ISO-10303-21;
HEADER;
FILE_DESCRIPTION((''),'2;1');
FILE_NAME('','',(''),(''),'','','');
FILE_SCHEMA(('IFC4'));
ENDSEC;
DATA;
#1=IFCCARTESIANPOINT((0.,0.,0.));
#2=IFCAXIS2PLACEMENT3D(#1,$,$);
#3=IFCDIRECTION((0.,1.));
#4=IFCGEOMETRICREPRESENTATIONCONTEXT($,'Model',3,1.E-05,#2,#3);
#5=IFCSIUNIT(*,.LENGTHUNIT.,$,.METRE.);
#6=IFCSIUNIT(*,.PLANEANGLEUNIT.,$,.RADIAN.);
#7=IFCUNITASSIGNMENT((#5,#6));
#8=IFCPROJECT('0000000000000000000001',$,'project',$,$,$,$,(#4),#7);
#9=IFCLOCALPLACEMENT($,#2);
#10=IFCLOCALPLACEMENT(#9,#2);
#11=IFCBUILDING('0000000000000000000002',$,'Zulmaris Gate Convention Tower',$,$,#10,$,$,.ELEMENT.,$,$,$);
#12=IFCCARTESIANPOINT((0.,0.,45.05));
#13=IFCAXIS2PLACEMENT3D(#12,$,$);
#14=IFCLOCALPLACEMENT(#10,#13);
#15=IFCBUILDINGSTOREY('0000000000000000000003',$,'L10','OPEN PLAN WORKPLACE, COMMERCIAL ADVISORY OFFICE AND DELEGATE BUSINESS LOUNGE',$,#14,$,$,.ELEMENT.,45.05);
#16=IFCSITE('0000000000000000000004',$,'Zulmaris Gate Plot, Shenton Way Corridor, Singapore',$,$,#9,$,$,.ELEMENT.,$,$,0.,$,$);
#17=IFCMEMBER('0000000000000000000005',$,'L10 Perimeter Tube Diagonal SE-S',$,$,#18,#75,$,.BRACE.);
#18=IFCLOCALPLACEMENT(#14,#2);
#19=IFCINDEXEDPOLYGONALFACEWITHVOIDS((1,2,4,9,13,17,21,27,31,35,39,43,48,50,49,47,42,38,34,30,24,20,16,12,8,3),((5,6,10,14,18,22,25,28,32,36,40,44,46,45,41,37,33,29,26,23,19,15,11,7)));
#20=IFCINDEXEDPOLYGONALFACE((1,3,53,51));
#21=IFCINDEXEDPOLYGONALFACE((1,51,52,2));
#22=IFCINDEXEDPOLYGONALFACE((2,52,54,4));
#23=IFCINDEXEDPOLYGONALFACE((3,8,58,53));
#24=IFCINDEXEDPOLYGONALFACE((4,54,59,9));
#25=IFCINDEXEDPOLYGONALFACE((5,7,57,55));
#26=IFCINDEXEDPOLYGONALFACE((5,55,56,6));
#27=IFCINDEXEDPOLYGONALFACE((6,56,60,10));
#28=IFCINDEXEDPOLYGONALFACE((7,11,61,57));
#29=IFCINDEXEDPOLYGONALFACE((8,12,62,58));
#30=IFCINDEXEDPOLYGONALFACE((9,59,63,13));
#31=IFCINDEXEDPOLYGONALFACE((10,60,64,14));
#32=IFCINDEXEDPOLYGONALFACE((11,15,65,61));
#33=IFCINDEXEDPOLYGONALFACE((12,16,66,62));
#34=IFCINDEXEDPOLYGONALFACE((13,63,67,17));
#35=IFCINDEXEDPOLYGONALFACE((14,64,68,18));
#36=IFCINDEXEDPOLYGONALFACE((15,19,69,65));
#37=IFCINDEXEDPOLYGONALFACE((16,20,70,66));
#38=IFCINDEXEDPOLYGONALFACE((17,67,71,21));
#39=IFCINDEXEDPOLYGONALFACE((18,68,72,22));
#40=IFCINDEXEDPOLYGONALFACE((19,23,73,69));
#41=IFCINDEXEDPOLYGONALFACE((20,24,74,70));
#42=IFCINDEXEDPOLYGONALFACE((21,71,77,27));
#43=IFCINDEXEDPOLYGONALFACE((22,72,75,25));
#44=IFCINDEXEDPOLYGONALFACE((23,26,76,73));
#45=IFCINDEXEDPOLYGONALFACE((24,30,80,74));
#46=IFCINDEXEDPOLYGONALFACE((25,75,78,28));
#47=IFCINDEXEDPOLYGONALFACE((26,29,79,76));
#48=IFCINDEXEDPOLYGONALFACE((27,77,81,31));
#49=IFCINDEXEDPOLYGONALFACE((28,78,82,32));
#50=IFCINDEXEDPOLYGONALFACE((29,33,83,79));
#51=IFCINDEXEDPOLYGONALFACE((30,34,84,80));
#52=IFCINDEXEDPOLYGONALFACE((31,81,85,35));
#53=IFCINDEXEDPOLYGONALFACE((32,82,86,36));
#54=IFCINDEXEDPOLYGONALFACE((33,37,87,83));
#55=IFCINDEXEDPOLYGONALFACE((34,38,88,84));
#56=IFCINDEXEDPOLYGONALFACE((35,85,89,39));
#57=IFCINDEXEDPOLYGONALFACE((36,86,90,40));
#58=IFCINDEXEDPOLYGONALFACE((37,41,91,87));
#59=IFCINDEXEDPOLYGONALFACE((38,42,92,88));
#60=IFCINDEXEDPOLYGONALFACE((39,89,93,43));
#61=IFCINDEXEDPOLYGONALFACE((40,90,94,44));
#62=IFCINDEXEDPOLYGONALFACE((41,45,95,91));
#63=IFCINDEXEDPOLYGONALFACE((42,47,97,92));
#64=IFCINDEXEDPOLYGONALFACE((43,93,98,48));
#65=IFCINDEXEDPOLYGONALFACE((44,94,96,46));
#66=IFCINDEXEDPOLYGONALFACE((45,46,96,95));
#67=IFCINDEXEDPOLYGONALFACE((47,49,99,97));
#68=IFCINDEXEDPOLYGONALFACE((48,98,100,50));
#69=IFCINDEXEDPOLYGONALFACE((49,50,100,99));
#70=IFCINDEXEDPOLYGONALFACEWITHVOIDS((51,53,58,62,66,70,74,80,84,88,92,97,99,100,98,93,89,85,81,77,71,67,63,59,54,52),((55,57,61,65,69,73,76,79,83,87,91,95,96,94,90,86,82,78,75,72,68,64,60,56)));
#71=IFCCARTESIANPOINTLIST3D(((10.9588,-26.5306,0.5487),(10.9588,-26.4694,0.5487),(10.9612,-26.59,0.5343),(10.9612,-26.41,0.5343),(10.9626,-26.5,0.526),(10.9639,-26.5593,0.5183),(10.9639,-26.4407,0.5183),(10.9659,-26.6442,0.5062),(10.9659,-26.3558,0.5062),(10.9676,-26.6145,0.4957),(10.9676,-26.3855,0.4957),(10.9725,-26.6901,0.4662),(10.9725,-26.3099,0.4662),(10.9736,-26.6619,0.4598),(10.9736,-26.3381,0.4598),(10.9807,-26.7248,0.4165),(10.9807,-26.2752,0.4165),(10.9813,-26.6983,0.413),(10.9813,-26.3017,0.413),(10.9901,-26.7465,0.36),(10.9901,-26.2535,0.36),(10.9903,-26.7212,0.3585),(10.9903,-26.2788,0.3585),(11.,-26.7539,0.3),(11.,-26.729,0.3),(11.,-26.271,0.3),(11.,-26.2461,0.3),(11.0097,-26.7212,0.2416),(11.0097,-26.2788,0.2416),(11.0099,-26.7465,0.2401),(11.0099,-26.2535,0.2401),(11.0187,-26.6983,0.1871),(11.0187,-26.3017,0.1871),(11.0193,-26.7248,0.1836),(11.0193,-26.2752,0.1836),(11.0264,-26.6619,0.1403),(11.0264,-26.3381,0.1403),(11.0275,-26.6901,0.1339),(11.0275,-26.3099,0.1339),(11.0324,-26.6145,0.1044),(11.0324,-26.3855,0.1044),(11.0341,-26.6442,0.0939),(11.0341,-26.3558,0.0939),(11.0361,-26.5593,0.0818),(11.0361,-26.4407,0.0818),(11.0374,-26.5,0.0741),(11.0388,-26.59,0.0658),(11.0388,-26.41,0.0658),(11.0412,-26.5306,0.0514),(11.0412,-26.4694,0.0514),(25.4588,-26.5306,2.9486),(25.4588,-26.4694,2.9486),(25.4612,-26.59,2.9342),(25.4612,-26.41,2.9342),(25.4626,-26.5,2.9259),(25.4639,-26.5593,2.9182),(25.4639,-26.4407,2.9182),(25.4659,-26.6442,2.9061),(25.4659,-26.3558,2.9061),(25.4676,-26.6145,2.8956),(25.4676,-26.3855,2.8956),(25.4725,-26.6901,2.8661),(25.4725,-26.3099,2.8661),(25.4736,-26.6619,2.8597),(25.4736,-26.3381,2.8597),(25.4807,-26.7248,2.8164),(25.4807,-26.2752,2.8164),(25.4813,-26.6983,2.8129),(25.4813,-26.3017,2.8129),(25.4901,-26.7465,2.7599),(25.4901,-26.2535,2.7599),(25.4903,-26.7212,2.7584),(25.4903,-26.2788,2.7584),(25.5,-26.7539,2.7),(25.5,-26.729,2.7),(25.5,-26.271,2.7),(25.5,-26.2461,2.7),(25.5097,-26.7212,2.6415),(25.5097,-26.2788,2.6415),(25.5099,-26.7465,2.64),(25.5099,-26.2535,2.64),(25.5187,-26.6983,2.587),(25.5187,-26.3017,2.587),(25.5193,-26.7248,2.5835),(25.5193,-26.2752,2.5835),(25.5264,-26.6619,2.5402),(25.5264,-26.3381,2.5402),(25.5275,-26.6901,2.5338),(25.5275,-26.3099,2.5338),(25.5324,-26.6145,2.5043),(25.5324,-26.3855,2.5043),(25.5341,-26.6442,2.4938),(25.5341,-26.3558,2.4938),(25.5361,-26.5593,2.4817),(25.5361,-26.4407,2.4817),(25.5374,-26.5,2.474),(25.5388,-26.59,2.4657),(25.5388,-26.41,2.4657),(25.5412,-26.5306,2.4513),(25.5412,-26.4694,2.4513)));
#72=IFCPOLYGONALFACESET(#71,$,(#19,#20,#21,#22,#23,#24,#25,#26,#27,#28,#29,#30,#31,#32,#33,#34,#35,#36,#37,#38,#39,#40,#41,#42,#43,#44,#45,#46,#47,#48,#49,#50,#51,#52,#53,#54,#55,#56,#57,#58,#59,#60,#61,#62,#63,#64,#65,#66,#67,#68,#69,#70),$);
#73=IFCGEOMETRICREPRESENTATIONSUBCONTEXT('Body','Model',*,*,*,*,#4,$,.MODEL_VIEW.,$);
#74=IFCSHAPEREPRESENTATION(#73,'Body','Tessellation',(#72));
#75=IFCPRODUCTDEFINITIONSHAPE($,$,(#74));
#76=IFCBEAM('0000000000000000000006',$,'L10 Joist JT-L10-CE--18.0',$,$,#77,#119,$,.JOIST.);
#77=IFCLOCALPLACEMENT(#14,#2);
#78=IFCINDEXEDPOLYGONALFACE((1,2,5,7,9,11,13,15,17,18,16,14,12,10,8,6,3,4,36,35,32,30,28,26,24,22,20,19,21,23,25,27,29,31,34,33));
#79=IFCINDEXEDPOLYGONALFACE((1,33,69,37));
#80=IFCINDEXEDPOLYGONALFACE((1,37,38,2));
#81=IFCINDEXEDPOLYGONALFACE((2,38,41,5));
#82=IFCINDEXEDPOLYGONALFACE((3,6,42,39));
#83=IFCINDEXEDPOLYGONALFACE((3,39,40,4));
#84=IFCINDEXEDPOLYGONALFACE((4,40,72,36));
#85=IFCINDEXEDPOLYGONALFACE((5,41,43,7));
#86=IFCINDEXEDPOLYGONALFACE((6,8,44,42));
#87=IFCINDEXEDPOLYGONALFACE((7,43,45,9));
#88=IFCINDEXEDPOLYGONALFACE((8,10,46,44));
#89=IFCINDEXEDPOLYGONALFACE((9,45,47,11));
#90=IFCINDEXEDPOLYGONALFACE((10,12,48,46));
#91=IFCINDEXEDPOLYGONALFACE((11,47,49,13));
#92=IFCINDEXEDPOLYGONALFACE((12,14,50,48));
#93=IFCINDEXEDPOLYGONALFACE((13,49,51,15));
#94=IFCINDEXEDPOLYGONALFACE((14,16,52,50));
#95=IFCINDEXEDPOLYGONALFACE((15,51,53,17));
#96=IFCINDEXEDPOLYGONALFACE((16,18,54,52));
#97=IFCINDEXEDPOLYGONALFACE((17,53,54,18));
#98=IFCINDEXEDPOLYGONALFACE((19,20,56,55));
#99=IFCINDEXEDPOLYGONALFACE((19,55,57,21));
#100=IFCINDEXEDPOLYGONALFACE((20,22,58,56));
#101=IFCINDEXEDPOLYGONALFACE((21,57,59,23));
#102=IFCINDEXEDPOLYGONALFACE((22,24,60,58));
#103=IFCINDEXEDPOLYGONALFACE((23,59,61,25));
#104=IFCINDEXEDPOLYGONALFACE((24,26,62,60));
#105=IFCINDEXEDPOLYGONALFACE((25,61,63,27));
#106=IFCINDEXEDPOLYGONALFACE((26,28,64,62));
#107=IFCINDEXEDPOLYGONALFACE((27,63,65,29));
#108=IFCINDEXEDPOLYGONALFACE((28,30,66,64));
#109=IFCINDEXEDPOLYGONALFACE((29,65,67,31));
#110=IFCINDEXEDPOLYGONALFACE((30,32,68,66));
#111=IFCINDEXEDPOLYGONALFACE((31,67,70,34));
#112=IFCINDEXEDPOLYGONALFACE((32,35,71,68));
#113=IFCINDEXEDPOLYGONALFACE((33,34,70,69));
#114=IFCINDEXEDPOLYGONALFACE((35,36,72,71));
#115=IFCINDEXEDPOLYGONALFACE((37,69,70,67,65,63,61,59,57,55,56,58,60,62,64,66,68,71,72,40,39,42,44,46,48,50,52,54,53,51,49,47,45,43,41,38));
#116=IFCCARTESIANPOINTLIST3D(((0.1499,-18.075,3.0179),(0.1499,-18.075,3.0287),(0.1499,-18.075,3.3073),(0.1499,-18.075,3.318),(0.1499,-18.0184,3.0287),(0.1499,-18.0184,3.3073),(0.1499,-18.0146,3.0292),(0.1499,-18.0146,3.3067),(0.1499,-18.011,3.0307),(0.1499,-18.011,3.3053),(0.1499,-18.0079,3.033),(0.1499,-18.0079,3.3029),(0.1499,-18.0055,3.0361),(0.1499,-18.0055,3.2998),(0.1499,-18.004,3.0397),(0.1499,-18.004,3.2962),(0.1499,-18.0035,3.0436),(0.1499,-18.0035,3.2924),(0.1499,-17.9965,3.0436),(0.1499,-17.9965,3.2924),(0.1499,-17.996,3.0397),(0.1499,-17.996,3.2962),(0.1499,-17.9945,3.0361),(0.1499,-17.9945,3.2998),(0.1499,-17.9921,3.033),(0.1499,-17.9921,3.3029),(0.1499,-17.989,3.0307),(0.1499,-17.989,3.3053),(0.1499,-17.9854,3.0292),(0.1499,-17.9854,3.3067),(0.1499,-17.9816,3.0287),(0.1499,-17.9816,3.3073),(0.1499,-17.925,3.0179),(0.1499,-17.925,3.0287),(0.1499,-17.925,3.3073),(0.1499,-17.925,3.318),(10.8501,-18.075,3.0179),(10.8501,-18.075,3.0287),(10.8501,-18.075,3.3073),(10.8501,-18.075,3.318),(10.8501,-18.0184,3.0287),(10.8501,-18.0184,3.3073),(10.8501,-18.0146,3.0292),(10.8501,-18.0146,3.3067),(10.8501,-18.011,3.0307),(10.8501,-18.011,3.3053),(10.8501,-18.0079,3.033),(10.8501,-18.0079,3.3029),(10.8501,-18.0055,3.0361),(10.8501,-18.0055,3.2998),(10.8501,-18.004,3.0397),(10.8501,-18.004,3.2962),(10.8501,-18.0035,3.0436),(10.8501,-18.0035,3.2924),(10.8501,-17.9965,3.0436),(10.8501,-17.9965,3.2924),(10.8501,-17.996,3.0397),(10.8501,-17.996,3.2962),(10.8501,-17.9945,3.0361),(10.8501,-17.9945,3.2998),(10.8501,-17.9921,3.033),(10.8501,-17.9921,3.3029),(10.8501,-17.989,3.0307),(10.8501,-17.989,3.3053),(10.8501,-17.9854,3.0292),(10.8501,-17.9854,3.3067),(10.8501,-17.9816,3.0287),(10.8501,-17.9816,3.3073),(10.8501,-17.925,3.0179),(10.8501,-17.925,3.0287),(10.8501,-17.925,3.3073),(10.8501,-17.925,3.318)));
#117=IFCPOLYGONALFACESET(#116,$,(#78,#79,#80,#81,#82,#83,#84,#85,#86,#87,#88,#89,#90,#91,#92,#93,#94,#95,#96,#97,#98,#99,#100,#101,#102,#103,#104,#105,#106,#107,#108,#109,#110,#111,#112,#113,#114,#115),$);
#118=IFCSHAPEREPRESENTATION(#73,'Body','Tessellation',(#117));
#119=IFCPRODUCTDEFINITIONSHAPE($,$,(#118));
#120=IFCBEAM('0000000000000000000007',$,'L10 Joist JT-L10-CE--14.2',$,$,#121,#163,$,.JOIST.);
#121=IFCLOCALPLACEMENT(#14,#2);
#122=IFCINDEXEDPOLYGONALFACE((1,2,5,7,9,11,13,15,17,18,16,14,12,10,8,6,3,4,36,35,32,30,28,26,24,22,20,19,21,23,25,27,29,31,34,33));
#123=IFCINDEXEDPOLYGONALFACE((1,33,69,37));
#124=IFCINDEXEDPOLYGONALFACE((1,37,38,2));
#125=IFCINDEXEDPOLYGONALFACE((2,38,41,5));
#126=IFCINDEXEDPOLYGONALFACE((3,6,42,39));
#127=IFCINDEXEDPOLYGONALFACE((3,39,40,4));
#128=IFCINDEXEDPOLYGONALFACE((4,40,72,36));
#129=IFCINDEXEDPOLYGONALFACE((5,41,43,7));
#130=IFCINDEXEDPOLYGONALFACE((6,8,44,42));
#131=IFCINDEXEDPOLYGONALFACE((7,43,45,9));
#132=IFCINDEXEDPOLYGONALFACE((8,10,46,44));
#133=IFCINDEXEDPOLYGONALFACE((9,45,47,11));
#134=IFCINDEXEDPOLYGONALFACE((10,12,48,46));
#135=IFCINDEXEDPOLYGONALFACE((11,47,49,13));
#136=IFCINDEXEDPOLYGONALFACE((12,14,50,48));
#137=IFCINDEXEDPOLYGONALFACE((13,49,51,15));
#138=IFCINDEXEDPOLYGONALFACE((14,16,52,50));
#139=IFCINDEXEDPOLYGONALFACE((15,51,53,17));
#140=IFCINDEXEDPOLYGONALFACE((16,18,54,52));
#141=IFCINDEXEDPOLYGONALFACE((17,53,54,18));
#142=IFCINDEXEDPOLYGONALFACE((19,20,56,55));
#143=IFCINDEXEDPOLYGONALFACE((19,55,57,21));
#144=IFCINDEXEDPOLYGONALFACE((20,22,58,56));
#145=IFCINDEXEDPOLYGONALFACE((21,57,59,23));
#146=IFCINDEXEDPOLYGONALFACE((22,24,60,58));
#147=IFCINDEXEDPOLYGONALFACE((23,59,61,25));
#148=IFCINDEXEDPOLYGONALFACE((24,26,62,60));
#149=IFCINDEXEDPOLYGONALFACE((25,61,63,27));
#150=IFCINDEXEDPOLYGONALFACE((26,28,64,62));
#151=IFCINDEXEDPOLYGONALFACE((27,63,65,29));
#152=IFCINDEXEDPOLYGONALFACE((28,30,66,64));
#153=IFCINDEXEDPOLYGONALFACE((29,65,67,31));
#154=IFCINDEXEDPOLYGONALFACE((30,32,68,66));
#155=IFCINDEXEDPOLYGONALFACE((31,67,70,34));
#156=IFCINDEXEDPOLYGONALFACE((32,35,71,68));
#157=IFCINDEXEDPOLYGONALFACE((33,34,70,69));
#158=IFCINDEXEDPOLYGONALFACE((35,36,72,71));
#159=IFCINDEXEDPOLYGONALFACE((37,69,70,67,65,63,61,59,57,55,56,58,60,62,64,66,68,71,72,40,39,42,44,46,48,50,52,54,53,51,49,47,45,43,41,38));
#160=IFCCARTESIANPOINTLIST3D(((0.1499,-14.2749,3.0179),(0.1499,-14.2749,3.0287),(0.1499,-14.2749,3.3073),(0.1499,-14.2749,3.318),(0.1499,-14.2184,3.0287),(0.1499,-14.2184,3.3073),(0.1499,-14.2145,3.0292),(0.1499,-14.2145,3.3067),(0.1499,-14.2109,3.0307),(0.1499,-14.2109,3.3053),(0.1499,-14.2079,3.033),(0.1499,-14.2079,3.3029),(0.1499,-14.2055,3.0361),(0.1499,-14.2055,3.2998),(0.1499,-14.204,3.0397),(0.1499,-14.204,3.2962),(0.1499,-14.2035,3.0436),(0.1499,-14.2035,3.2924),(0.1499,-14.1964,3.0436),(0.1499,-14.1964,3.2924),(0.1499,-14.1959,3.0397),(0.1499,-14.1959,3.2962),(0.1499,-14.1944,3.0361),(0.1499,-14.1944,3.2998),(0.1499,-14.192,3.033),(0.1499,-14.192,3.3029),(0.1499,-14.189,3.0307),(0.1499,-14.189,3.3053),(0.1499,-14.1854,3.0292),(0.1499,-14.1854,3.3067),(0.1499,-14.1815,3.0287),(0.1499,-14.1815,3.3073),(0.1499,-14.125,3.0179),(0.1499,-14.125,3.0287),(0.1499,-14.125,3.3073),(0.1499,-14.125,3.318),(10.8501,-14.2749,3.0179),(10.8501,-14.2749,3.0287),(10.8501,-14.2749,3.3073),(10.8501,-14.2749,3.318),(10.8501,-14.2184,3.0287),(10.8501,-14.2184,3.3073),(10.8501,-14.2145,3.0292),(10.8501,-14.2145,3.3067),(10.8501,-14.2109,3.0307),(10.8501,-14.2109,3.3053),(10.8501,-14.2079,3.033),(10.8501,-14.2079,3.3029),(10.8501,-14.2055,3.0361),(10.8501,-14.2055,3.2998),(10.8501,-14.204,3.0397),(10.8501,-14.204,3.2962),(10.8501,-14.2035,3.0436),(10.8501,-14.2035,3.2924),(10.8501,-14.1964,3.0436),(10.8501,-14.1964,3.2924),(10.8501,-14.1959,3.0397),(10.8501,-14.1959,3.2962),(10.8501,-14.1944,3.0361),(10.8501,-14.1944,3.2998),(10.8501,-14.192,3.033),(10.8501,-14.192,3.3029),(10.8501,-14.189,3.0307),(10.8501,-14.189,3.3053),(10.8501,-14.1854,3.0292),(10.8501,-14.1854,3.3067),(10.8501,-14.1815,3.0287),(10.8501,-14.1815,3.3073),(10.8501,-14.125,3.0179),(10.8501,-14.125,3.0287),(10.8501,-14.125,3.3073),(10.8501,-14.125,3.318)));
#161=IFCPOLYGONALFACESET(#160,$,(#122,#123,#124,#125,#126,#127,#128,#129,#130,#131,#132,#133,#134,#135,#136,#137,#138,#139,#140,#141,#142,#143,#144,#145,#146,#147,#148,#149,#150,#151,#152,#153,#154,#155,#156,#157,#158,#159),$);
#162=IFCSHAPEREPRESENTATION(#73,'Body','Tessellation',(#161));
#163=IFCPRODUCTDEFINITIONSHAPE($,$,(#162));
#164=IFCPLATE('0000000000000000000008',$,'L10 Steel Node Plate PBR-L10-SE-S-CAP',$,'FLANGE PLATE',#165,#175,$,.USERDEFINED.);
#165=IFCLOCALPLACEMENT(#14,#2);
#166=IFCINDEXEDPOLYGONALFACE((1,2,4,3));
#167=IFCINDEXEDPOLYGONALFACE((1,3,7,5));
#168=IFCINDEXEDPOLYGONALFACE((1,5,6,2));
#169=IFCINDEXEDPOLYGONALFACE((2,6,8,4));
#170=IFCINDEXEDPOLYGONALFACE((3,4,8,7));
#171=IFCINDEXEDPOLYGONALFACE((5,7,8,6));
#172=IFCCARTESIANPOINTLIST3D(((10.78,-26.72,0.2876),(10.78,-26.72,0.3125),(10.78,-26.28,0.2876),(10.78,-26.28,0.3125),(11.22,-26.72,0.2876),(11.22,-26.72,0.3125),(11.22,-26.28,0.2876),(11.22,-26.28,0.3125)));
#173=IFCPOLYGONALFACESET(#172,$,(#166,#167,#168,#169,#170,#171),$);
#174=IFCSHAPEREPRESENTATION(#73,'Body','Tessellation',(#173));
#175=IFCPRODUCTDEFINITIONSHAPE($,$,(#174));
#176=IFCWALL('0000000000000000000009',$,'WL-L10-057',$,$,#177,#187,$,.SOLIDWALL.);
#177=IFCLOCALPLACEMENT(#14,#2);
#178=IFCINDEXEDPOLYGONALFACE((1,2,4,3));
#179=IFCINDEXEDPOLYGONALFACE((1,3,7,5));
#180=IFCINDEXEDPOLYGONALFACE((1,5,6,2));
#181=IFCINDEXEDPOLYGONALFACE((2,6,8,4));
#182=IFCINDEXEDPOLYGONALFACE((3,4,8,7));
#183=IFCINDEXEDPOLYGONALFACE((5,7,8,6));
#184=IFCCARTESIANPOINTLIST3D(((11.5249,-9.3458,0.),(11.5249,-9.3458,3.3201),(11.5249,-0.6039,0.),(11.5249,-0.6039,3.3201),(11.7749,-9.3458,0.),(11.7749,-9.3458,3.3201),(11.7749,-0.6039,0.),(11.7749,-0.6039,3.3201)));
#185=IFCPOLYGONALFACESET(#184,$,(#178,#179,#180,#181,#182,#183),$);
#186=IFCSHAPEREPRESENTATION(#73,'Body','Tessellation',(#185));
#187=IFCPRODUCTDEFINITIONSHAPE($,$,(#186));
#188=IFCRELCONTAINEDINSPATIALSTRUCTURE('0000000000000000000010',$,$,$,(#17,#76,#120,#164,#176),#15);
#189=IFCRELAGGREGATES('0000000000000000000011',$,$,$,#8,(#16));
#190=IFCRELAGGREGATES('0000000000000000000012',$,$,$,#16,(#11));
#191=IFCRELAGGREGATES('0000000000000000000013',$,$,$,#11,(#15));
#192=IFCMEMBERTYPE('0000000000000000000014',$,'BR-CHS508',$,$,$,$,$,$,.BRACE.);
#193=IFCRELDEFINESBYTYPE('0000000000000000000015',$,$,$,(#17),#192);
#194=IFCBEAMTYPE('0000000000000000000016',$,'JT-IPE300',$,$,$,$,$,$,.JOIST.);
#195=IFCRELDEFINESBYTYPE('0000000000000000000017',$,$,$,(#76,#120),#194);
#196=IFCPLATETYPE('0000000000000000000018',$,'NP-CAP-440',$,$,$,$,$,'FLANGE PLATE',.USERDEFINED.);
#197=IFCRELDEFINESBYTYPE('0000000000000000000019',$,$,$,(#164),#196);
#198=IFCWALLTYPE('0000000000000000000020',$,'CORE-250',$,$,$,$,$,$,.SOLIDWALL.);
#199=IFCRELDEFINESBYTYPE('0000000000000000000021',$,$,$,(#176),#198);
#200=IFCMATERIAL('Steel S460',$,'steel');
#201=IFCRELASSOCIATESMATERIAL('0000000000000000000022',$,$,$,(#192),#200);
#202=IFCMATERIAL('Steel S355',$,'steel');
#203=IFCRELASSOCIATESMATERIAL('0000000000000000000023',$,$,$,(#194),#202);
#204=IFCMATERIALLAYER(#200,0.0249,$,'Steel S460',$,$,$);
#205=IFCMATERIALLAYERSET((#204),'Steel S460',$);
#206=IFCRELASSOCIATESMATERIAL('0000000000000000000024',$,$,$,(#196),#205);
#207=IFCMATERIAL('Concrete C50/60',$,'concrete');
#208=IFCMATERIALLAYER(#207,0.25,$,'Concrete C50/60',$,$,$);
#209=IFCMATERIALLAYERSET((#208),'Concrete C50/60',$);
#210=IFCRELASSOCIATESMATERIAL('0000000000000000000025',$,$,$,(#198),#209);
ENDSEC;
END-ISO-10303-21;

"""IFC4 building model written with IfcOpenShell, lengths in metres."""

from ifc_helpers import new_model, si_unit, direction, frame, frame_2d, origin, origin_2d, place, context, subcontext, project, spatial, rectangle, hollow_circle, i_section, extrude, material, layer, layer_set, material_profile, profile_set, type_object, element, save


model = new_model("IFC4")

# Units and contexts
model_context = context("Model", 3, precision=1e-05, world=origin(), true_north=direction((0.0, 1.0)))
body_context = subcontext(model_context, "Body", "Model", "MODEL_VIEW")
ifc_project = project(units=[si_unit("LENGTHUNIT", "METRE"), si_unit("PLANEANGLEUNIT", "RADIAN")], contexts=[model_context])

# Site, building, storey
site_placement = place(None, origin())
site = spatial("IfcSite", under=ifc_project, at=site_placement, Name="Zulmaris Gate Plot, Shenton Way Corridor, Singapore", CompositionType="ELEMENT", RefElevation=0.0)
building_placement = place(site_placement, origin())
building = spatial("IfcBuilding", under=site, at=building_placement, Name="Zulmaris Gate Convention Tower", CompositionType="ELEMENT")
storey_placement = place(building_placement, frame((0.0, 0.0, 45.05)))
storey = spatial("IfcBuildingStorey", under=building, at=storey_placement, Name="L10", Description="OPEN PLAN WORKPLACE, COMMERCIAL ADVISORY OFFICE AND DELEGATE BUSINESS LOUNGE", CompositionType="ELEMENT", Elevation=45.05)

# Shared definitions
ifc_material_1 = material(Name="Steel S355", Category="steel")

# Member
ifc_material_2 = material(Name="Steel S460", Category="steel")
ifc_material_profile_1 = material_profile(ifc_material_2, hollow_circle(Radius=0.2539, WallThickness=0.0249, at=origin_2d()), Name="CHS 508x25")
ifc_profile_set_1 = profile_set([ifc_material_profile_1], Name="Steel S460")
member_type = type_object("IfcMemberType", Name="BR-CHS508", PredefinedType="BRACE", material=ifc_profile_set_1)
member_placement = place(storey_placement, frame((11.0, -26.5, 0.3), z_axis=(0.986578, 0.0, 0.163289), x_axis=(0.0, 1.0, 0.0)))
element("IfcMember", 1, at=member_placement, inside=storey, type_object=member_type, Name="L10 Perimeter Tube Diagonal SE-S", PredefinedType="BRACE", context=body_context, shape_type="SweptSolid", body=[
    extrude(hollow_circle(Radius=0.2539, WallThickness=0.0249, at=origin_2d()), origin(), (0.0, 0.0, 1.0), 14.6973),
])

# Beams
ifc_material_profile_2 = material_profile(ifc_material_1, i_section(OverallWidth=0.1499, OverallDepth=0.3, WebThickness=0.0071, FlangeThickness=0.0107, FilletRadius=0.0149, at=origin_2d()), Name="IPE 300")
ifc_profile_set_2 = profile_set([ifc_material_profile_2], Name="Steel S355")
beam_type_1 = type_object("IfcBeamType", Name="JT-IPE300", PredefinedType="JOIST", material=ifc_profile_set_2)
for number, where, z_axis, x_axis, name in (
    (2, (0.1499, -18.0, 3.168), (1.0, 0.0, 0.0), (0.0, 1.0, 0.0), "L10 Joist JT-L10-CE--18.0"),
    (3, (0.1499, -14.2, 3.168), (1.0, 0.0, 0.0), (0.0, 1.0, 0.0), "L10 Joist JT-L10-CE--14.2"),
):
    element("IfcBeam", number, at=place(storey_placement, frame(where, z_axis=z_axis, x_axis=x_axis)), inside=storey, type_object=beam_type_1, Name=name, PredefinedType="JOIST", context=body_context, shape_type="SweptSolid", body=[
        extrude(i_section(OverallWidth=0.1499, OverallDepth=0.3, WebThickness=0.0071, FlangeThickness=0.0107, FilletRadius=0.0149, at=origin_2d()), origin(), (0.0, 0.0, 1.0), 10.7002),
    ])

# Plate
ifc_layer_1 = layer(ifc_material_2, 0.0249, Name="Steel S460")
ifc_layer_set_1 = layer_set([ifc_layer_1], Name="Steel S460")
plate_type = type_object("IfcPlateType", Name="NP-CAP-440", ElementType="FLANGE PLATE", PredefinedType="USERDEFINED", material=ifc_layer_set_1)
plate_placement = place(storey_placement, frame((11.0, -26.5, 0.2876), z_axis=(0.0, 0.0, 1.0), x_axis=(1.0, 0.0, 0.0)))
element("IfcPlate", 4, at=plate_placement, inside=storey, type_object=plate_type, Name="L10 Steel Node Plate PBR-L10-SE-S-CAP", ObjectType="FLANGE PLATE", PredefinedType="USERDEFINED", context=body_context, shape_type="SweptSolid", body=[
    extrude(rectangle(XDim=0.4399, YDim=0.4399, at=origin_2d()), origin(), (0.0, 0.0, 1.0), 0.0249),
])

# Wall
ifc_material_3 = material(Name="Concrete C50/60", Category="concrete")
ifc_layer_2 = layer(ifc_material_3, 0.25, Name="Concrete C50/60")
ifc_layer_set_2 = layer_set([ifc_layer_2], Name="Concrete C50/60")
wall_type_1 = type_object("IfcWallType", Name="CORE-250", PredefinedType="SOLIDWALL", material=ifc_layer_set_2)
wall_1_placement = place(storey_placement, frame((11.6499, -9.3459, 0.0), z_axis=(0.0, 0.0, 1.0), x_axis=(0.0, 1.0, 0.0)))
element("IfcWall", 5, at=wall_1_placement, inside=storey, type_object=wall_type_1, Name="WL-L10-057", PredefinedType="SOLIDWALL", context=body_context, shape_type="SweptSolid", body=[
    extrude(rectangle(XDim=8.7419, YDim=0.25, at=frame_2d((4.3711, 0.0))), origin(), (0.0, 0.0, 1.0), 3.3201),
])

save(model, "model.ifc")
